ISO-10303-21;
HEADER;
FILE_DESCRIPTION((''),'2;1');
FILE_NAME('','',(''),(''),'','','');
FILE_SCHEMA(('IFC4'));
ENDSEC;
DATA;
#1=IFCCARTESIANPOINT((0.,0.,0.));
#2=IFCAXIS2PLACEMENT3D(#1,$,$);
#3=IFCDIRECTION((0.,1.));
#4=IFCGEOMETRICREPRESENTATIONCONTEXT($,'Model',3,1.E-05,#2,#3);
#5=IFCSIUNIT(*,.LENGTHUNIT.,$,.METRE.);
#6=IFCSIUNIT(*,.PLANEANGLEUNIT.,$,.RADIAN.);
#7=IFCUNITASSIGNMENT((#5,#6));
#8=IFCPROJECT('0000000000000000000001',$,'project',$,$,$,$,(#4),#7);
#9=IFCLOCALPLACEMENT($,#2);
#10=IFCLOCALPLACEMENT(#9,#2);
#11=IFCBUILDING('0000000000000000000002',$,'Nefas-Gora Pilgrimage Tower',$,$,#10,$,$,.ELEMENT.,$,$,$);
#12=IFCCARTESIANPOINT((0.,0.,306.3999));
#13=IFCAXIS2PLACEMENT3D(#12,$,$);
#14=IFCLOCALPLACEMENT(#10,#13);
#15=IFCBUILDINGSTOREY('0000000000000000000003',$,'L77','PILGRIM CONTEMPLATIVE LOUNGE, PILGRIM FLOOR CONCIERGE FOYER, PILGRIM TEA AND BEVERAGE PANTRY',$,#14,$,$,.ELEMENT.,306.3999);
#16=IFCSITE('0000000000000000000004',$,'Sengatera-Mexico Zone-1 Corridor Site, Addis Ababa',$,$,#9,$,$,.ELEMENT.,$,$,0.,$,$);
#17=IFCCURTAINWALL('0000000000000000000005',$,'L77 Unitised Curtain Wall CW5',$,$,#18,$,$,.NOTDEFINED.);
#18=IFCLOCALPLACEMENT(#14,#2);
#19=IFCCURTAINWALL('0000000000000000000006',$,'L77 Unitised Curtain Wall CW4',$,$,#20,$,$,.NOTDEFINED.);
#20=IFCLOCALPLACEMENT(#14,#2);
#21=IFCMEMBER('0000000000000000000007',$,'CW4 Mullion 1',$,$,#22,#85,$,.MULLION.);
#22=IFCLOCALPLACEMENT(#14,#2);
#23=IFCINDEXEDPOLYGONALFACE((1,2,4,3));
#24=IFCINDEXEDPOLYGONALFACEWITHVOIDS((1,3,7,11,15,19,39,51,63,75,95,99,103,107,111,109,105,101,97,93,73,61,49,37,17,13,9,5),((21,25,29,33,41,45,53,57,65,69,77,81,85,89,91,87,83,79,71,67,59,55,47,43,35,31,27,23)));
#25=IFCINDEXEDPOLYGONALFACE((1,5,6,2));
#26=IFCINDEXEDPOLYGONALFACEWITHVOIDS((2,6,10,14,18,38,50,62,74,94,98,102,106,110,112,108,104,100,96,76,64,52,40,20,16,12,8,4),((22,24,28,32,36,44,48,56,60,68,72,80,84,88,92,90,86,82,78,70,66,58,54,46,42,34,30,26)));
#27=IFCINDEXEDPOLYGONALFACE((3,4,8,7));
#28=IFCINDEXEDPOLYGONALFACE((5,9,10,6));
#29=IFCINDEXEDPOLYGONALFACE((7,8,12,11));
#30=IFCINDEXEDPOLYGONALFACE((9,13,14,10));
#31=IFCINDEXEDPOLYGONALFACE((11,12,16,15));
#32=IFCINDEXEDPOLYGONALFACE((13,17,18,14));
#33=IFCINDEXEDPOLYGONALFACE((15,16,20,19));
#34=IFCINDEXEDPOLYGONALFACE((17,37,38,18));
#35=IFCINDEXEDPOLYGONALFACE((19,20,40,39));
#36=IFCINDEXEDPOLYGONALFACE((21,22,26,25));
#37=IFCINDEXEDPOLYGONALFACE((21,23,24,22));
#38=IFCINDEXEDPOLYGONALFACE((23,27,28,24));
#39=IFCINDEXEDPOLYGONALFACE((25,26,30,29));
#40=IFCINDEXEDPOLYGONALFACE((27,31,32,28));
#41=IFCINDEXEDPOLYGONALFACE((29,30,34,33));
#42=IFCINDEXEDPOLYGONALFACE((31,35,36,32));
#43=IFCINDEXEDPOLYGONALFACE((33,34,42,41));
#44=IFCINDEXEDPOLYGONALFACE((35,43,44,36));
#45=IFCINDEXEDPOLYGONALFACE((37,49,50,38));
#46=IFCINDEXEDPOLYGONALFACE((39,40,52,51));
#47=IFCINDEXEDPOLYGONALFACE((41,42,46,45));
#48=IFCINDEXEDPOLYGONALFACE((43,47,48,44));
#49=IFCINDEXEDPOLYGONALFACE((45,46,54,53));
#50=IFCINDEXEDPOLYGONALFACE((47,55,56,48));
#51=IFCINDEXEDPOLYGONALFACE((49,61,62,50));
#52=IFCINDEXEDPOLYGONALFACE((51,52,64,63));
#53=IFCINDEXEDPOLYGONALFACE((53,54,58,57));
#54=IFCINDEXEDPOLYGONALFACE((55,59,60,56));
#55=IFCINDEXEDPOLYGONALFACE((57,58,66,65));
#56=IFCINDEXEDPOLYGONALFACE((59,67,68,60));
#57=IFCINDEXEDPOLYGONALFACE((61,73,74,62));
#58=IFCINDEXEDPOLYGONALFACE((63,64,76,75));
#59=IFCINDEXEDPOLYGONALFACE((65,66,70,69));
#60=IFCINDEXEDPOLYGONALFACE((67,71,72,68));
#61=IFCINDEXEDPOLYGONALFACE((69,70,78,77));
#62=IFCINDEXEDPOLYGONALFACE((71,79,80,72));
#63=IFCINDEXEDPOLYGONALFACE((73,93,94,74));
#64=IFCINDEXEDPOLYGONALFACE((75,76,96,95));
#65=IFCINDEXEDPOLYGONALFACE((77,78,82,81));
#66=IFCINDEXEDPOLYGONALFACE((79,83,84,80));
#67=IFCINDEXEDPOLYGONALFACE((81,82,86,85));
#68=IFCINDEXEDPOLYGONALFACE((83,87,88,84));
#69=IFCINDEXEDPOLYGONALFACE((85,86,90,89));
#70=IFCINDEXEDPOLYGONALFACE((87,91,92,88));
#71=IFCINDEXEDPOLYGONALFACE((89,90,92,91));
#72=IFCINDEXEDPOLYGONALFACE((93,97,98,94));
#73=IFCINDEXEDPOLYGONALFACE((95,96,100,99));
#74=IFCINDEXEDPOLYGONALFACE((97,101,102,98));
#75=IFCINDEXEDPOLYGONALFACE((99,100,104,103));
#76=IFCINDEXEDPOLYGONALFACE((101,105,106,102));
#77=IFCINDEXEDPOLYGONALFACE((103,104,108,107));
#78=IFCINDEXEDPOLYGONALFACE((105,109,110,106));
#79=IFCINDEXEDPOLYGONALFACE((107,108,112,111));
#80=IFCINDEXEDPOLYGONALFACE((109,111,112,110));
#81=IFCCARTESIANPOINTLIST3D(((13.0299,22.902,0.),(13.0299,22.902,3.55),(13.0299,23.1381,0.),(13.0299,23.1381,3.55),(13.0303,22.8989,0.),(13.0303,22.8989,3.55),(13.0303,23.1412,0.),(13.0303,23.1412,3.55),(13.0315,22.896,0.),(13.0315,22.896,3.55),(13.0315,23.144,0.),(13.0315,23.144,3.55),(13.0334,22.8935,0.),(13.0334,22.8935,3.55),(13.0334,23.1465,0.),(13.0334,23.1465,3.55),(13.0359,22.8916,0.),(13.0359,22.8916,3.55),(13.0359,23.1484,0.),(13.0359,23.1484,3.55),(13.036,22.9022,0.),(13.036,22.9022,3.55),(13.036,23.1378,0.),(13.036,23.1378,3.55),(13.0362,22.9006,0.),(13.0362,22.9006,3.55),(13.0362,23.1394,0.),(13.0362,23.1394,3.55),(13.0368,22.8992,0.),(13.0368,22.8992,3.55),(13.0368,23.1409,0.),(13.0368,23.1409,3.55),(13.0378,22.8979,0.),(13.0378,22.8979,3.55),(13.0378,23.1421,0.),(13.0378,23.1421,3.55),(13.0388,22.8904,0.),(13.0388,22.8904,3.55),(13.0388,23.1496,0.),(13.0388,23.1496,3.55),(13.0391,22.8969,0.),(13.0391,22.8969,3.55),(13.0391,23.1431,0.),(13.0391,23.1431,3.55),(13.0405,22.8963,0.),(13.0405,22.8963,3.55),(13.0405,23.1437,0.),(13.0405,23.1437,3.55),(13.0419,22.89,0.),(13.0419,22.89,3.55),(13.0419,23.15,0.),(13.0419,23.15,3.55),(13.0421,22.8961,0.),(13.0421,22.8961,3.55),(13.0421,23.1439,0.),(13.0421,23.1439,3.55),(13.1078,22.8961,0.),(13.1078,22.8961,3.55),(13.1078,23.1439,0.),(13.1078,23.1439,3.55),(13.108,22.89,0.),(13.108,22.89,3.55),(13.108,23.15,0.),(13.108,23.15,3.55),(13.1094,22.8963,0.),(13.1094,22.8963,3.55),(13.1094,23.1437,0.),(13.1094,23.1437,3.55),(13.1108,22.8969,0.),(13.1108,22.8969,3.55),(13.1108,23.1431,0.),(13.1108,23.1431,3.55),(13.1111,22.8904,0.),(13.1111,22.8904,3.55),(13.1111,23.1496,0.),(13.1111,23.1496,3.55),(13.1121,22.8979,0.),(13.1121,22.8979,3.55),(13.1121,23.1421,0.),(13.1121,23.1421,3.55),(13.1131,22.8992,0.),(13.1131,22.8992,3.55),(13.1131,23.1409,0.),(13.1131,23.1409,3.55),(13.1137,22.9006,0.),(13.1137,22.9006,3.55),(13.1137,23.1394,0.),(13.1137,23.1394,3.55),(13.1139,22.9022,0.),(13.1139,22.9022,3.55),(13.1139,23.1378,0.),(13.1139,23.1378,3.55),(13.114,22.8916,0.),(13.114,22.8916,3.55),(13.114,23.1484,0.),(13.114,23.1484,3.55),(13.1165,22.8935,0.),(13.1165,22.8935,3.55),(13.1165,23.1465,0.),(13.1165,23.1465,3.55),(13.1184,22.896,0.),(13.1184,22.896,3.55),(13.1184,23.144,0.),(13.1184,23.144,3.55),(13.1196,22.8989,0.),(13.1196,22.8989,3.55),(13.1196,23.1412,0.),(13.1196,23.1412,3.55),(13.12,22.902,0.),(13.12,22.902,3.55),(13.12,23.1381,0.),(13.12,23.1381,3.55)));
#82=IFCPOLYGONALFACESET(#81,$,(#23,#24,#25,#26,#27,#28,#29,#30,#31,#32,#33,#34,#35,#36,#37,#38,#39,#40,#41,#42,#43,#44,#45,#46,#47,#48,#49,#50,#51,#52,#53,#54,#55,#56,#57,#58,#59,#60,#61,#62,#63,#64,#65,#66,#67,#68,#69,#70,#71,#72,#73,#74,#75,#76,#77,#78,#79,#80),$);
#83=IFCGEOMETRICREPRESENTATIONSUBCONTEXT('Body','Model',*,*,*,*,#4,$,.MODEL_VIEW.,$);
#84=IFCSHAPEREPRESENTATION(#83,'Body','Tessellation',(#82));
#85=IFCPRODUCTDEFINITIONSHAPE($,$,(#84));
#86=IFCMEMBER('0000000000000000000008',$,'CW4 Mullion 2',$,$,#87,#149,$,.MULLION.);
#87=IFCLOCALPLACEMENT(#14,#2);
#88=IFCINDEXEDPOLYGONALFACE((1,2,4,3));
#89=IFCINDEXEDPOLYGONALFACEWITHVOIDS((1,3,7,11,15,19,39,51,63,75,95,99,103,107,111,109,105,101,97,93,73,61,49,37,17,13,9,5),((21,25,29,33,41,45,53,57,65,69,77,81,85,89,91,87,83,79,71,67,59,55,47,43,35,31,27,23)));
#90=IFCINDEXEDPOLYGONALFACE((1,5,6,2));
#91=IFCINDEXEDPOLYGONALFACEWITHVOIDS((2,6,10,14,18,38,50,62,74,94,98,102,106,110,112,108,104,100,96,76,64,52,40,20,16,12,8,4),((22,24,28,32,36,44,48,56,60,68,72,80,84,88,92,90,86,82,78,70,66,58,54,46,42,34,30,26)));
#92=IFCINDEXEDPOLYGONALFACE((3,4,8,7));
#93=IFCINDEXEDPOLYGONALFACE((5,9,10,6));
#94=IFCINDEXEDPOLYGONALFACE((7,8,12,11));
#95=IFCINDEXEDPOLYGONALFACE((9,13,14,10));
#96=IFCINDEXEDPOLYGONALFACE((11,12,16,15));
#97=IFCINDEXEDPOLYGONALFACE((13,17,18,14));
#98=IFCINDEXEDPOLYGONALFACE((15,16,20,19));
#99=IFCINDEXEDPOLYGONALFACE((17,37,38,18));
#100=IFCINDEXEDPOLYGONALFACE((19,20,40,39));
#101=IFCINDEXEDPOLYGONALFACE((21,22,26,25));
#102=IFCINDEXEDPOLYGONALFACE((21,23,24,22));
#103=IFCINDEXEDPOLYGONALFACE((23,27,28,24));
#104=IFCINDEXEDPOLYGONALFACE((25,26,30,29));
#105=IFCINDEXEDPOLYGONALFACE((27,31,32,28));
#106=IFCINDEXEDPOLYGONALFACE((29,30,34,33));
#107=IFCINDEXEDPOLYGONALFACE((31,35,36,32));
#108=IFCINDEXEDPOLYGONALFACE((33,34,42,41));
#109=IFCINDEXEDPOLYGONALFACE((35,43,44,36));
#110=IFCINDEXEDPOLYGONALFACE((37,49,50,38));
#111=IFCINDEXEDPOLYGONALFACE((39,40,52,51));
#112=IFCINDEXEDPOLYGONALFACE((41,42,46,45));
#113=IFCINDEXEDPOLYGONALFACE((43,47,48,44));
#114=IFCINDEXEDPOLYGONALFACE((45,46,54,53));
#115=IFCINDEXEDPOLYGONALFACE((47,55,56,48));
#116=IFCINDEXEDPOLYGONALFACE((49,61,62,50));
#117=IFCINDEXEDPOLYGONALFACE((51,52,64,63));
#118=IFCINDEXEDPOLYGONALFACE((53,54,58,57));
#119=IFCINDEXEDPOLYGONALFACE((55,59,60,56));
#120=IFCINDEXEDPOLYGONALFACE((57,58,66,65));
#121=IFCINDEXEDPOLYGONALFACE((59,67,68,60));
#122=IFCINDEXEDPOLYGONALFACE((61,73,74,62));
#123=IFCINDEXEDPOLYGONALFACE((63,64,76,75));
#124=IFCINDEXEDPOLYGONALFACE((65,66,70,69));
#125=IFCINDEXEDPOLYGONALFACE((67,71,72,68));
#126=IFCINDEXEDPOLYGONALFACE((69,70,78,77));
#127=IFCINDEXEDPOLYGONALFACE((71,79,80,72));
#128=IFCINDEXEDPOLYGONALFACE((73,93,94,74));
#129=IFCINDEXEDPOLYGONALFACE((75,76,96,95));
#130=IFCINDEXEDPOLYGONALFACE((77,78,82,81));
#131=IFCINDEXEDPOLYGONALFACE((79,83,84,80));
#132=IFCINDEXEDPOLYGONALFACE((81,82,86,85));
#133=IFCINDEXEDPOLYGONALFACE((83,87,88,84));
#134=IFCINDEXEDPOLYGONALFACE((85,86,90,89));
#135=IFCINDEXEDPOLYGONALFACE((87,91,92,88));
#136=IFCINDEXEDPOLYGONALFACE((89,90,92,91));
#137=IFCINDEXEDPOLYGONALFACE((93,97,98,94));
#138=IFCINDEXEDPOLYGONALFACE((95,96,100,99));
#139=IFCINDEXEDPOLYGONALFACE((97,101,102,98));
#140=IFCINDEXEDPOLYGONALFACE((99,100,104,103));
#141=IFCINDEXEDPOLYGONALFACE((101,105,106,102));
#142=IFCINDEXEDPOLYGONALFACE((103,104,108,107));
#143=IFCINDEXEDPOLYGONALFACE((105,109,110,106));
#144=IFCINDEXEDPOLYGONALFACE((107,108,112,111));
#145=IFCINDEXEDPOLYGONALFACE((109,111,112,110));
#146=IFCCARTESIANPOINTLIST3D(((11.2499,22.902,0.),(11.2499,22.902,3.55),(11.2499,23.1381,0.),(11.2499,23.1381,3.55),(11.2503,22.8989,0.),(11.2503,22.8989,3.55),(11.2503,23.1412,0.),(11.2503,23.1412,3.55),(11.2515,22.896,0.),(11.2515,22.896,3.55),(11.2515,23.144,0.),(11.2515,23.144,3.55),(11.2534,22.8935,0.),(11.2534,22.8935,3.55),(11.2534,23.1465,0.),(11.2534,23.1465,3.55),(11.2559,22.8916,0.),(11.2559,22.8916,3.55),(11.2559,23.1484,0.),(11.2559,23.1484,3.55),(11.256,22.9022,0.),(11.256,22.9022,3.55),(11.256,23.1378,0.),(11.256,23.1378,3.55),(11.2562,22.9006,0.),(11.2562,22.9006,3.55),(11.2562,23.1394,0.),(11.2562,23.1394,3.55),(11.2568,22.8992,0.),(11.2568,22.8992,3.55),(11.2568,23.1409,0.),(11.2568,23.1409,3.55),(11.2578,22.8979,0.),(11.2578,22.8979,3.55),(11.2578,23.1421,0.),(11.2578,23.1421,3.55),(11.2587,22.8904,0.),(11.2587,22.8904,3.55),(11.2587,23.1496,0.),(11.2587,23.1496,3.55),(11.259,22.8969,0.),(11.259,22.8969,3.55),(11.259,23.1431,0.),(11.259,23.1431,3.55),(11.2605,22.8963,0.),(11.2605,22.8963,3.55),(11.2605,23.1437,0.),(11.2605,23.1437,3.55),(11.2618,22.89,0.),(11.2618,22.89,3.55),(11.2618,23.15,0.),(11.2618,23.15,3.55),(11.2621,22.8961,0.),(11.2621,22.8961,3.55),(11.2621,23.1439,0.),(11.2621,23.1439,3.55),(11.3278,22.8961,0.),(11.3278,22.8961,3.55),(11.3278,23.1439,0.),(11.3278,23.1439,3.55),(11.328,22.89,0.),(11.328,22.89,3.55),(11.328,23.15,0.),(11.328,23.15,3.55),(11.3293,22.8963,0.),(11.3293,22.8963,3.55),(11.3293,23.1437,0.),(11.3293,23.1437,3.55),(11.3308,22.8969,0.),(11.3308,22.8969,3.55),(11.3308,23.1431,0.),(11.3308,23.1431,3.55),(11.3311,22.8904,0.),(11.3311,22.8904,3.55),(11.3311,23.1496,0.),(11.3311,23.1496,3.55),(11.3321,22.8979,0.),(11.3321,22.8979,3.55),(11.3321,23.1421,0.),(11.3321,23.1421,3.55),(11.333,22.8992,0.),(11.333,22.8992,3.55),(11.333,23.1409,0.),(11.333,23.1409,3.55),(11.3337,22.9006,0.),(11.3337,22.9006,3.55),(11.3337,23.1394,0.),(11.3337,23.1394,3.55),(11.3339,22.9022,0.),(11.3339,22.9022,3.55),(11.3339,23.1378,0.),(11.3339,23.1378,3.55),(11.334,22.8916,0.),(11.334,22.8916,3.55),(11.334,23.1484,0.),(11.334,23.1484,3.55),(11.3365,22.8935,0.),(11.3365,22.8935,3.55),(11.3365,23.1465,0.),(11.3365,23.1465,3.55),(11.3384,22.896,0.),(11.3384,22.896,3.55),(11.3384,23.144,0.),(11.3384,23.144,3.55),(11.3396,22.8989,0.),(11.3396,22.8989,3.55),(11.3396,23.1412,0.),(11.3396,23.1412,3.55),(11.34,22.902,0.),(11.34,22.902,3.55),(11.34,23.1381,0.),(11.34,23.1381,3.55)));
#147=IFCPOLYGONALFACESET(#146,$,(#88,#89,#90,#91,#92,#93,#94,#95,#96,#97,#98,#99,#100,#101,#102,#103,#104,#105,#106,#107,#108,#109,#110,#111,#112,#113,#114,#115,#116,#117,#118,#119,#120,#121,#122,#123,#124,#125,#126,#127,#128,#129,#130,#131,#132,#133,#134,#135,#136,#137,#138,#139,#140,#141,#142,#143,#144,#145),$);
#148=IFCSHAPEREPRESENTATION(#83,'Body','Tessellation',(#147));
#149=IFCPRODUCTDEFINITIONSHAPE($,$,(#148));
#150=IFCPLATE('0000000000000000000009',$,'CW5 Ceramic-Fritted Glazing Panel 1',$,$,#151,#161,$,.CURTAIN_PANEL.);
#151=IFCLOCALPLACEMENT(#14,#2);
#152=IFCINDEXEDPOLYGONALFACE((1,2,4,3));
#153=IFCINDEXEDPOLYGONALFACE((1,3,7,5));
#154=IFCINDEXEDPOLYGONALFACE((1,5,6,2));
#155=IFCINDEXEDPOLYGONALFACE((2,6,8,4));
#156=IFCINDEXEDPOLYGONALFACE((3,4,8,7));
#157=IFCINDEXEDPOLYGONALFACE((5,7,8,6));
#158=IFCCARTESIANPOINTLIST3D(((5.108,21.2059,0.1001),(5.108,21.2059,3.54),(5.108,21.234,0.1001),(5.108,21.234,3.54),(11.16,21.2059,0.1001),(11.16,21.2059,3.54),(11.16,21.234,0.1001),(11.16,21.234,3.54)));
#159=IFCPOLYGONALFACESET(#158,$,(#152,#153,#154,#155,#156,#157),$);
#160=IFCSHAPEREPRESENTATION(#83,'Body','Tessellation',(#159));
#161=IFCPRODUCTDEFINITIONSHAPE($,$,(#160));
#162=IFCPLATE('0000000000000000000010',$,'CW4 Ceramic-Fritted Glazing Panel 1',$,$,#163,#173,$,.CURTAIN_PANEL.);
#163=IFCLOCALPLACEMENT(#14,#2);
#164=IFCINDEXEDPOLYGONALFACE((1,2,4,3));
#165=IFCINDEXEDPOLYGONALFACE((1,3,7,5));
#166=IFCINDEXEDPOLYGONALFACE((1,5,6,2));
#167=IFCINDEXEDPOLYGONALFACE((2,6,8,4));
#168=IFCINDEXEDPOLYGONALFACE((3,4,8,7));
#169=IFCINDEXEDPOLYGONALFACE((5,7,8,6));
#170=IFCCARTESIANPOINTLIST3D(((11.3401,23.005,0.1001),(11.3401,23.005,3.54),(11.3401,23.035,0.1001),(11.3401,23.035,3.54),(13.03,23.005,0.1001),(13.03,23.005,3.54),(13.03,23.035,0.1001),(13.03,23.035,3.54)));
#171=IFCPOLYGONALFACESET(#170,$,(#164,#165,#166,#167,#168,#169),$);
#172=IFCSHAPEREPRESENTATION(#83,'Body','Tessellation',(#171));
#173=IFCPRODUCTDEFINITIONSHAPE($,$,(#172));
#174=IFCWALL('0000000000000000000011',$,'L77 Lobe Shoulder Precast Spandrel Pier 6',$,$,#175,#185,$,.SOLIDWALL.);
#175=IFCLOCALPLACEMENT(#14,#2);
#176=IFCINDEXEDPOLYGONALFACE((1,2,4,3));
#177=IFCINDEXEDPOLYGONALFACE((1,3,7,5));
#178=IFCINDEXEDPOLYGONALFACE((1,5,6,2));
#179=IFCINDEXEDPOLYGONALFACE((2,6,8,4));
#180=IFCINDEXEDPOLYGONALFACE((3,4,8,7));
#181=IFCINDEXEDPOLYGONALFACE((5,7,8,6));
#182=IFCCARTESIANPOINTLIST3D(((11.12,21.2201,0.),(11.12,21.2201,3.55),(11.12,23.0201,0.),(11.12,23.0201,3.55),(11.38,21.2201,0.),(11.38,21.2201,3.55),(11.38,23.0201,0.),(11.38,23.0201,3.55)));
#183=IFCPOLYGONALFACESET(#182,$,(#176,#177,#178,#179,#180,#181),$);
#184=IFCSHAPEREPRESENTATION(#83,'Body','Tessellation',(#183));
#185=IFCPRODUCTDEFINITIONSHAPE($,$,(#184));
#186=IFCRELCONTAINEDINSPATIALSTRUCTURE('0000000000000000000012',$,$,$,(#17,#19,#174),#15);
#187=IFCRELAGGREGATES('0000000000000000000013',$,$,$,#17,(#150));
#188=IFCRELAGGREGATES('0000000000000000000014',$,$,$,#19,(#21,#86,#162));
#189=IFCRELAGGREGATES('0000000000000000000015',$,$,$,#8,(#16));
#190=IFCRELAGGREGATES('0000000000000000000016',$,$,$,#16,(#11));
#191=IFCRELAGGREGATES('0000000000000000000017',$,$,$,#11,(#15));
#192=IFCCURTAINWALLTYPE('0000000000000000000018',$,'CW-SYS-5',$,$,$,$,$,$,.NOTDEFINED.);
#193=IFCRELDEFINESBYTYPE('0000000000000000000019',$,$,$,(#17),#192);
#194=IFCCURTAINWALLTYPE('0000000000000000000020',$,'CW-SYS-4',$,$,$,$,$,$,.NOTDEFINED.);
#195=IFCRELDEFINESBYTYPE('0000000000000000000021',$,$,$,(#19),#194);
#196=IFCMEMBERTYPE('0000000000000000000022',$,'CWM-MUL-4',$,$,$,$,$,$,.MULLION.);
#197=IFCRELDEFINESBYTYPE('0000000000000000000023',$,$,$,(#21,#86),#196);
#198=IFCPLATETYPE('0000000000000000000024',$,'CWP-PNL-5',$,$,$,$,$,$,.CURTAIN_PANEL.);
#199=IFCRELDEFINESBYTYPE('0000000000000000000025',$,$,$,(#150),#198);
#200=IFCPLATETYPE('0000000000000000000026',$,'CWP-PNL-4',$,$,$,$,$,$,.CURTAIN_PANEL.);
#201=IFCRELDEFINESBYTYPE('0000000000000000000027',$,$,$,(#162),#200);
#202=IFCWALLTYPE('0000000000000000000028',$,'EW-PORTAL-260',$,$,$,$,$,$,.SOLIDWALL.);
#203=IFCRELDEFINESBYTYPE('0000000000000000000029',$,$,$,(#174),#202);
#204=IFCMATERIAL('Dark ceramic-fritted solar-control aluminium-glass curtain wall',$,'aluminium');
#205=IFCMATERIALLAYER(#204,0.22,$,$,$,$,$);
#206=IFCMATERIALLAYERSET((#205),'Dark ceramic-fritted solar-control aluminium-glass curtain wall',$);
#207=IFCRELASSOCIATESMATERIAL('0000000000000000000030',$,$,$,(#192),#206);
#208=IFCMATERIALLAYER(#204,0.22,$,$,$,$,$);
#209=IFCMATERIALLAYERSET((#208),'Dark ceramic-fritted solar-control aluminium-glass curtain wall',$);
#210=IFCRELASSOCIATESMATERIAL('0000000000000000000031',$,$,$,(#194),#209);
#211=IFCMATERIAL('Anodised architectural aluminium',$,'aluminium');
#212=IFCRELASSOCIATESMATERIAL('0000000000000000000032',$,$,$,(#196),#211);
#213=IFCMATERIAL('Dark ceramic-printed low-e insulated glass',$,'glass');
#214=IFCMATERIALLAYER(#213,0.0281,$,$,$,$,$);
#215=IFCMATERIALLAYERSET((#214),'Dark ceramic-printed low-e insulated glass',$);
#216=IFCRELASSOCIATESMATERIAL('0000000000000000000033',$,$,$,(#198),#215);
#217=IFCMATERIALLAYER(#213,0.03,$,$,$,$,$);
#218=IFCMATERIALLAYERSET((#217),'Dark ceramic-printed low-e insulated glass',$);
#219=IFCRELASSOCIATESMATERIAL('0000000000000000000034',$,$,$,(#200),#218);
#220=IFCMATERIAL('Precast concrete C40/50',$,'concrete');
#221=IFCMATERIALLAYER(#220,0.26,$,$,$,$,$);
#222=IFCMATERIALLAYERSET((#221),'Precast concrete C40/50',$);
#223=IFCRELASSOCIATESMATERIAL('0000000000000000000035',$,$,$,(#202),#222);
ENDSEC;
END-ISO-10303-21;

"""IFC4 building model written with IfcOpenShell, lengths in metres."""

from ifc_helpers import new_model, si_unit, direction, frame, frame_2d, origin, origin_2d, place, context, subcontext, project, spatial, rectangle, hollow_rectangle, extrude, source, transform, mapped, material, layer, layer_set, material_profile, profile_set, type_object, element, aggregate, save


model = new_model("IFC4")

# Units and contexts
model_context = context("Model", 3, precision=1e-05, world=origin(), true_north=direction((0.0, 1.0)))
body_context = subcontext(model_context, "Body", "Model", "MODEL_VIEW")
ifc_project = project(units=[si_unit("LENGTHUNIT", "METRE"), si_unit("PLANEANGLEUNIT", "RADIAN")], contexts=[model_context])

# Site, building, storey
site_placement = place(None, origin())
site = spatial("IfcSite", under=ifc_project, at=site_placement, Name="Sengatera-Mexico Zone-1 Corridor Site, Addis Ababa", CompositionType="ELEMENT", RefElevation=0.0)
building_placement = place(site_placement, origin())
building = spatial("IfcBuilding", under=site, at=building_placement, Name="Nefas-Gora Pilgrimage Tower", CompositionType="ELEMENT")
storey_placement = place(building_placement, frame((0.0, 0.0, 306.3999)))
storey = spatial("IfcBuildingStorey", under=building, at=storey_placement, Name="L77", Description="PILGRIM CONTEMPLATIVE LOUNGE, PILGRIM FLOOR CONCIERGE FOYER, PILGRIM TEA AND BEVERAGE PANTRY", CompositionType="ELEMENT", Elevation=306.3999)

# Curtain wall
ifc_material_1 = material(Name="Dark ceramic-fritted solar-control aluminium-glass curtain wall", Category="aluminium")
ifc_layer_1 = layer(ifc_material_1, 0.22)
ifc_layer_set_1 = layer_set([ifc_layer_1], Name="Dark ceramic-fritted solar-control aluminium-glass curtain wall")
curtain_wall_type_1 = type_object("IfcCurtainWallType", Name="CW-SYS-5", PredefinedType="NOTDEFINED", material=ifc_layer_set_1)
curtain_wall_1_placement = place(storey_placement, origin())
curtain_wall_1 = element("IfcCurtainWall", 1, at=curtain_wall_1_placement, inside=storey, type_object=curtain_wall_type_1, Name="L77 Unitised Curtain Wall CW5", PredefinedType="NOTDEFINED")
ifc_material_2 = material(Name="Anodised architectural aluminium", Category="aluminium")

# Curtain wall
ifc_layer_2 = layer(ifc_material_1, 0.22)
ifc_layer_set_2 = layer_set([ifc_layer_2], Name="Dark ceramic-fritted solar-control aluminium-glass curtain wall")
curtain_wall_type_2 = type_object("IfcCurtainWallType", Name="CW-SYS-4", PredefinedType="NOTDEFINED", material=ifc_layer_set_2)
curtain_wall_2_placement = place(storey_placement, origin())
curtain_wall_2 = element("IfcCurtainWall", 2, at=curtain_wall_2_placement, inside=storey, type_object=curtain_wall_type_2, Name="L77 Unitised Curtain Wall CW4", PredefinedType="NOTDEFINED")
ifc_material_profile_1 = material_profile(ifc_material_2, hollow_rectangle(XDim=0.0901, YDim=0.26, WallThickness=0.0061, InnerFilletRadius=0.0061, OuterFilletRadius=0.012, at=origin_2d()), Name="ALU MULLION 90x260")
ifc_profile_set_1 = profile_set([ifc_material_profile_1], Name="Anodised architectural aluminium")
member_type_1 = type_object("IfcMemberType", Name="CWM-MUL-4", PredefinedType="MULLION", material=ifc_profile_set_1)
shared_shape_1 = source(origin(), body_context, "Body", "SweptSolid", [
    extrude(hollow_rectangle(XDim=0.0901, YDim=0.26, WallThickness=0.0061, InnerFilletRadius=0.0061, OuterFilletRadius=0.012, at=origin_2d()), origin(), (0.0, 0.0, 1.0), 3.55),
])

# Members
member_1_placement = place(storey_placement, frame((13.075, 23.02, 0.0), z_axis=(0.0, 0.0, 1.0), x_axis=(-1.0, 0.0, 0.0)))
member_1 = element("IfcMember", 3, at=member_1_placement, type_object=member_type_1, Name="CW4 Mullion 1", PredefinedType="MULLION", context=body_context, shape_type="MappedRepresentation", body=[
    mapped(shared_shape_1, transform((0.0, 0.0, 0.0), x_axis=(1.0, 0.0, 0.0), y_axis=(0.0, 1.0, 0.0), z_axis=(0.0, 0.0, 1.0), scale=1.0)),
])
member_2_placement = place(storey_placement, frame((11.2949, 23.02, 0.0), z_axis=(0.0, 0.0, 1.0), x_axis=(-1.0, 0.0, 0.0)))
member_2 = element("IfcMember", 4, at=member_2_placement, type_object=member_type_1, Name="CW4 Mullion 2", PredefinedType="MULLION", context=body_context, shape_type="MappedRepresentation", body=[
    mapped(shared_shape_1, transform((0.0, 0.0, 0.0), x_axis=(1.0, 0.0, 0.0), y_axis=(0.0, 1.0, 0.0), z_axis=(0.0, 0.0, 1.0), scale=1.0)),
])

# Plates
ifc_material_3 = material(Name="Dark ceramic-printed low-e insulated glass", Category="glass")
ifc_layer_3 = layer(ifc_material_3, 0.0281)
ifc_layer_set_3 = layer_set([ifc_layer_3], Name="Dark ceramic-printed low-e insulated glass")
plate_type_1 = type_object("IfcPlateType", Name="CWP-PNL-5", PredefinedType="CURTAIN_PANEL", material=ifc_layer_set_3)
shared_shape_2 = source(origin(), body_context, "Body", "SweptSolid", [
    extrude(rectangle(XDim=6.052, YDim=0.0281, at=origin_2d()), origin(), (0.0, 0.0, 1.0), 3.4399),
])
plate_1_placement = place(storey_placement, frame((8.134, 21.22, 0.1001), z_axis=(0.0, 0.0, 1.0), x_axis=(-1.0, 0.0, 0.0)))
plate_1 = element("IfcPlate", 5, at=plate_1_placement, type_object=plate_type_1, Name="CW5 Ceramic-Fritted Glazing Panel 1", PredefinedType="CURTAIN_PANEL", context=body_context, shape_type="MappedRepresentation", body=[
    mapped(shared_shape_2, transform((0.0, 0.0, 0.0), x_axis=(1.0, 0.0, 0.0), y_axis=(0.0, 1.0, 0.0), z_axis=(0.0, 0.0, 1.0), scale=1.0)),
])
aggregate(curtain_wall_1, [plate_1])
ifc_layer_4 = layer(ifc_material_3, 0.03)
ifc_layer_set_4 = layer_set([ifc_layer_4], Name="Dark ceramic-printed low-e insulated glass")
plate_type_2 = type_object("IfcPlateType", Name="CWP-PNL-4", PredefinedType="CURTAIN_PANEL", material=ifc_layer_set_4)
shared_shape_3 = source(origin(), body_context, "Body", "SweptSolid", [
    extrude(rectangle(XDim=1.6899, YDim=0.03, at=origin_2d()), origin(), (0.0, 0.0, 1.0), 3.4399),
])
plate_2_placement = place(storey_placement, frame((12.1851, 23.02, 0.1001), z_axis=(0.0, 0.0, 1.0), x_axis=(-1.0, 0.0, 0.0)))
plate_2 = element("IfcPlate", 6, at=plate_2_placement, type_object=plate_type_2, Name="CW4 Ceramic-Fritted Glazing Panel 1", PredefinedType="CURTAIN_PANEL", context=body_context, shape_type="MappedRepresentation", body=[
    mapped(shared_shape_3, transform((0.0, 0.0, 0.0), x_axis=(1.0, 0.0, 0.0), y_axis=(0.0, 1.0, 0.0), z_axis=(0.0, 0.0, 1.0), scale=1.0)),
])
aggregate(curtain_wall_2, [member_1, member_2, plate_2])

# Wall
ifc_material_4 = material(Name="Precast concrete C40/50", Category="concrete")
ifc_layer_5 = layer(ifc_material_4, 0.26)
ifc_layer_set_5 = layer_set([ifc_layer_5], Name="Precast concrete C40/50")
wall_type_1 = type_object("IfcWallType", Name="EW-PORTAL-260", PredefinedType="SOLIDWALL", material=ifc_layer_set_5)
shared_shape_4 = source(origin(), body_context, "Body", "SweptSolid", [
    extrude(rectangle(XDim=1.8, YDim=0.26, at=frame_2d((0.8999, 0.0))), origin(), (0.0, 0.0, 1.0), 3.55),
])
wall_1_placement = place(storey_placement, frame((11.25, 23.02, 0.0), z_axis=(0.0, 0.0, 1.0), x_axis=(0.0, -1.0, 0.0)))
element("IfcWall", 7, at=wall_1_placement, inside=storey, type_object=wall_type_1, Name="L77 Lobe Shoulder Precast Spandrel Pier 6", PredefinedType="SOLIDWALL", context=body_context, shape_type="MappedRepresentation", body=[
    mapped(shared_shape_4, transform((0.0, 0.0, 0.0), x_axis=(1.0, 0.0, 0.0), y_axis=(0.0, 1.0, 0.0), z_axis=(0.0, 0.0, 1.0), scale=1.0)),
])

save(model, "model.ifc")
